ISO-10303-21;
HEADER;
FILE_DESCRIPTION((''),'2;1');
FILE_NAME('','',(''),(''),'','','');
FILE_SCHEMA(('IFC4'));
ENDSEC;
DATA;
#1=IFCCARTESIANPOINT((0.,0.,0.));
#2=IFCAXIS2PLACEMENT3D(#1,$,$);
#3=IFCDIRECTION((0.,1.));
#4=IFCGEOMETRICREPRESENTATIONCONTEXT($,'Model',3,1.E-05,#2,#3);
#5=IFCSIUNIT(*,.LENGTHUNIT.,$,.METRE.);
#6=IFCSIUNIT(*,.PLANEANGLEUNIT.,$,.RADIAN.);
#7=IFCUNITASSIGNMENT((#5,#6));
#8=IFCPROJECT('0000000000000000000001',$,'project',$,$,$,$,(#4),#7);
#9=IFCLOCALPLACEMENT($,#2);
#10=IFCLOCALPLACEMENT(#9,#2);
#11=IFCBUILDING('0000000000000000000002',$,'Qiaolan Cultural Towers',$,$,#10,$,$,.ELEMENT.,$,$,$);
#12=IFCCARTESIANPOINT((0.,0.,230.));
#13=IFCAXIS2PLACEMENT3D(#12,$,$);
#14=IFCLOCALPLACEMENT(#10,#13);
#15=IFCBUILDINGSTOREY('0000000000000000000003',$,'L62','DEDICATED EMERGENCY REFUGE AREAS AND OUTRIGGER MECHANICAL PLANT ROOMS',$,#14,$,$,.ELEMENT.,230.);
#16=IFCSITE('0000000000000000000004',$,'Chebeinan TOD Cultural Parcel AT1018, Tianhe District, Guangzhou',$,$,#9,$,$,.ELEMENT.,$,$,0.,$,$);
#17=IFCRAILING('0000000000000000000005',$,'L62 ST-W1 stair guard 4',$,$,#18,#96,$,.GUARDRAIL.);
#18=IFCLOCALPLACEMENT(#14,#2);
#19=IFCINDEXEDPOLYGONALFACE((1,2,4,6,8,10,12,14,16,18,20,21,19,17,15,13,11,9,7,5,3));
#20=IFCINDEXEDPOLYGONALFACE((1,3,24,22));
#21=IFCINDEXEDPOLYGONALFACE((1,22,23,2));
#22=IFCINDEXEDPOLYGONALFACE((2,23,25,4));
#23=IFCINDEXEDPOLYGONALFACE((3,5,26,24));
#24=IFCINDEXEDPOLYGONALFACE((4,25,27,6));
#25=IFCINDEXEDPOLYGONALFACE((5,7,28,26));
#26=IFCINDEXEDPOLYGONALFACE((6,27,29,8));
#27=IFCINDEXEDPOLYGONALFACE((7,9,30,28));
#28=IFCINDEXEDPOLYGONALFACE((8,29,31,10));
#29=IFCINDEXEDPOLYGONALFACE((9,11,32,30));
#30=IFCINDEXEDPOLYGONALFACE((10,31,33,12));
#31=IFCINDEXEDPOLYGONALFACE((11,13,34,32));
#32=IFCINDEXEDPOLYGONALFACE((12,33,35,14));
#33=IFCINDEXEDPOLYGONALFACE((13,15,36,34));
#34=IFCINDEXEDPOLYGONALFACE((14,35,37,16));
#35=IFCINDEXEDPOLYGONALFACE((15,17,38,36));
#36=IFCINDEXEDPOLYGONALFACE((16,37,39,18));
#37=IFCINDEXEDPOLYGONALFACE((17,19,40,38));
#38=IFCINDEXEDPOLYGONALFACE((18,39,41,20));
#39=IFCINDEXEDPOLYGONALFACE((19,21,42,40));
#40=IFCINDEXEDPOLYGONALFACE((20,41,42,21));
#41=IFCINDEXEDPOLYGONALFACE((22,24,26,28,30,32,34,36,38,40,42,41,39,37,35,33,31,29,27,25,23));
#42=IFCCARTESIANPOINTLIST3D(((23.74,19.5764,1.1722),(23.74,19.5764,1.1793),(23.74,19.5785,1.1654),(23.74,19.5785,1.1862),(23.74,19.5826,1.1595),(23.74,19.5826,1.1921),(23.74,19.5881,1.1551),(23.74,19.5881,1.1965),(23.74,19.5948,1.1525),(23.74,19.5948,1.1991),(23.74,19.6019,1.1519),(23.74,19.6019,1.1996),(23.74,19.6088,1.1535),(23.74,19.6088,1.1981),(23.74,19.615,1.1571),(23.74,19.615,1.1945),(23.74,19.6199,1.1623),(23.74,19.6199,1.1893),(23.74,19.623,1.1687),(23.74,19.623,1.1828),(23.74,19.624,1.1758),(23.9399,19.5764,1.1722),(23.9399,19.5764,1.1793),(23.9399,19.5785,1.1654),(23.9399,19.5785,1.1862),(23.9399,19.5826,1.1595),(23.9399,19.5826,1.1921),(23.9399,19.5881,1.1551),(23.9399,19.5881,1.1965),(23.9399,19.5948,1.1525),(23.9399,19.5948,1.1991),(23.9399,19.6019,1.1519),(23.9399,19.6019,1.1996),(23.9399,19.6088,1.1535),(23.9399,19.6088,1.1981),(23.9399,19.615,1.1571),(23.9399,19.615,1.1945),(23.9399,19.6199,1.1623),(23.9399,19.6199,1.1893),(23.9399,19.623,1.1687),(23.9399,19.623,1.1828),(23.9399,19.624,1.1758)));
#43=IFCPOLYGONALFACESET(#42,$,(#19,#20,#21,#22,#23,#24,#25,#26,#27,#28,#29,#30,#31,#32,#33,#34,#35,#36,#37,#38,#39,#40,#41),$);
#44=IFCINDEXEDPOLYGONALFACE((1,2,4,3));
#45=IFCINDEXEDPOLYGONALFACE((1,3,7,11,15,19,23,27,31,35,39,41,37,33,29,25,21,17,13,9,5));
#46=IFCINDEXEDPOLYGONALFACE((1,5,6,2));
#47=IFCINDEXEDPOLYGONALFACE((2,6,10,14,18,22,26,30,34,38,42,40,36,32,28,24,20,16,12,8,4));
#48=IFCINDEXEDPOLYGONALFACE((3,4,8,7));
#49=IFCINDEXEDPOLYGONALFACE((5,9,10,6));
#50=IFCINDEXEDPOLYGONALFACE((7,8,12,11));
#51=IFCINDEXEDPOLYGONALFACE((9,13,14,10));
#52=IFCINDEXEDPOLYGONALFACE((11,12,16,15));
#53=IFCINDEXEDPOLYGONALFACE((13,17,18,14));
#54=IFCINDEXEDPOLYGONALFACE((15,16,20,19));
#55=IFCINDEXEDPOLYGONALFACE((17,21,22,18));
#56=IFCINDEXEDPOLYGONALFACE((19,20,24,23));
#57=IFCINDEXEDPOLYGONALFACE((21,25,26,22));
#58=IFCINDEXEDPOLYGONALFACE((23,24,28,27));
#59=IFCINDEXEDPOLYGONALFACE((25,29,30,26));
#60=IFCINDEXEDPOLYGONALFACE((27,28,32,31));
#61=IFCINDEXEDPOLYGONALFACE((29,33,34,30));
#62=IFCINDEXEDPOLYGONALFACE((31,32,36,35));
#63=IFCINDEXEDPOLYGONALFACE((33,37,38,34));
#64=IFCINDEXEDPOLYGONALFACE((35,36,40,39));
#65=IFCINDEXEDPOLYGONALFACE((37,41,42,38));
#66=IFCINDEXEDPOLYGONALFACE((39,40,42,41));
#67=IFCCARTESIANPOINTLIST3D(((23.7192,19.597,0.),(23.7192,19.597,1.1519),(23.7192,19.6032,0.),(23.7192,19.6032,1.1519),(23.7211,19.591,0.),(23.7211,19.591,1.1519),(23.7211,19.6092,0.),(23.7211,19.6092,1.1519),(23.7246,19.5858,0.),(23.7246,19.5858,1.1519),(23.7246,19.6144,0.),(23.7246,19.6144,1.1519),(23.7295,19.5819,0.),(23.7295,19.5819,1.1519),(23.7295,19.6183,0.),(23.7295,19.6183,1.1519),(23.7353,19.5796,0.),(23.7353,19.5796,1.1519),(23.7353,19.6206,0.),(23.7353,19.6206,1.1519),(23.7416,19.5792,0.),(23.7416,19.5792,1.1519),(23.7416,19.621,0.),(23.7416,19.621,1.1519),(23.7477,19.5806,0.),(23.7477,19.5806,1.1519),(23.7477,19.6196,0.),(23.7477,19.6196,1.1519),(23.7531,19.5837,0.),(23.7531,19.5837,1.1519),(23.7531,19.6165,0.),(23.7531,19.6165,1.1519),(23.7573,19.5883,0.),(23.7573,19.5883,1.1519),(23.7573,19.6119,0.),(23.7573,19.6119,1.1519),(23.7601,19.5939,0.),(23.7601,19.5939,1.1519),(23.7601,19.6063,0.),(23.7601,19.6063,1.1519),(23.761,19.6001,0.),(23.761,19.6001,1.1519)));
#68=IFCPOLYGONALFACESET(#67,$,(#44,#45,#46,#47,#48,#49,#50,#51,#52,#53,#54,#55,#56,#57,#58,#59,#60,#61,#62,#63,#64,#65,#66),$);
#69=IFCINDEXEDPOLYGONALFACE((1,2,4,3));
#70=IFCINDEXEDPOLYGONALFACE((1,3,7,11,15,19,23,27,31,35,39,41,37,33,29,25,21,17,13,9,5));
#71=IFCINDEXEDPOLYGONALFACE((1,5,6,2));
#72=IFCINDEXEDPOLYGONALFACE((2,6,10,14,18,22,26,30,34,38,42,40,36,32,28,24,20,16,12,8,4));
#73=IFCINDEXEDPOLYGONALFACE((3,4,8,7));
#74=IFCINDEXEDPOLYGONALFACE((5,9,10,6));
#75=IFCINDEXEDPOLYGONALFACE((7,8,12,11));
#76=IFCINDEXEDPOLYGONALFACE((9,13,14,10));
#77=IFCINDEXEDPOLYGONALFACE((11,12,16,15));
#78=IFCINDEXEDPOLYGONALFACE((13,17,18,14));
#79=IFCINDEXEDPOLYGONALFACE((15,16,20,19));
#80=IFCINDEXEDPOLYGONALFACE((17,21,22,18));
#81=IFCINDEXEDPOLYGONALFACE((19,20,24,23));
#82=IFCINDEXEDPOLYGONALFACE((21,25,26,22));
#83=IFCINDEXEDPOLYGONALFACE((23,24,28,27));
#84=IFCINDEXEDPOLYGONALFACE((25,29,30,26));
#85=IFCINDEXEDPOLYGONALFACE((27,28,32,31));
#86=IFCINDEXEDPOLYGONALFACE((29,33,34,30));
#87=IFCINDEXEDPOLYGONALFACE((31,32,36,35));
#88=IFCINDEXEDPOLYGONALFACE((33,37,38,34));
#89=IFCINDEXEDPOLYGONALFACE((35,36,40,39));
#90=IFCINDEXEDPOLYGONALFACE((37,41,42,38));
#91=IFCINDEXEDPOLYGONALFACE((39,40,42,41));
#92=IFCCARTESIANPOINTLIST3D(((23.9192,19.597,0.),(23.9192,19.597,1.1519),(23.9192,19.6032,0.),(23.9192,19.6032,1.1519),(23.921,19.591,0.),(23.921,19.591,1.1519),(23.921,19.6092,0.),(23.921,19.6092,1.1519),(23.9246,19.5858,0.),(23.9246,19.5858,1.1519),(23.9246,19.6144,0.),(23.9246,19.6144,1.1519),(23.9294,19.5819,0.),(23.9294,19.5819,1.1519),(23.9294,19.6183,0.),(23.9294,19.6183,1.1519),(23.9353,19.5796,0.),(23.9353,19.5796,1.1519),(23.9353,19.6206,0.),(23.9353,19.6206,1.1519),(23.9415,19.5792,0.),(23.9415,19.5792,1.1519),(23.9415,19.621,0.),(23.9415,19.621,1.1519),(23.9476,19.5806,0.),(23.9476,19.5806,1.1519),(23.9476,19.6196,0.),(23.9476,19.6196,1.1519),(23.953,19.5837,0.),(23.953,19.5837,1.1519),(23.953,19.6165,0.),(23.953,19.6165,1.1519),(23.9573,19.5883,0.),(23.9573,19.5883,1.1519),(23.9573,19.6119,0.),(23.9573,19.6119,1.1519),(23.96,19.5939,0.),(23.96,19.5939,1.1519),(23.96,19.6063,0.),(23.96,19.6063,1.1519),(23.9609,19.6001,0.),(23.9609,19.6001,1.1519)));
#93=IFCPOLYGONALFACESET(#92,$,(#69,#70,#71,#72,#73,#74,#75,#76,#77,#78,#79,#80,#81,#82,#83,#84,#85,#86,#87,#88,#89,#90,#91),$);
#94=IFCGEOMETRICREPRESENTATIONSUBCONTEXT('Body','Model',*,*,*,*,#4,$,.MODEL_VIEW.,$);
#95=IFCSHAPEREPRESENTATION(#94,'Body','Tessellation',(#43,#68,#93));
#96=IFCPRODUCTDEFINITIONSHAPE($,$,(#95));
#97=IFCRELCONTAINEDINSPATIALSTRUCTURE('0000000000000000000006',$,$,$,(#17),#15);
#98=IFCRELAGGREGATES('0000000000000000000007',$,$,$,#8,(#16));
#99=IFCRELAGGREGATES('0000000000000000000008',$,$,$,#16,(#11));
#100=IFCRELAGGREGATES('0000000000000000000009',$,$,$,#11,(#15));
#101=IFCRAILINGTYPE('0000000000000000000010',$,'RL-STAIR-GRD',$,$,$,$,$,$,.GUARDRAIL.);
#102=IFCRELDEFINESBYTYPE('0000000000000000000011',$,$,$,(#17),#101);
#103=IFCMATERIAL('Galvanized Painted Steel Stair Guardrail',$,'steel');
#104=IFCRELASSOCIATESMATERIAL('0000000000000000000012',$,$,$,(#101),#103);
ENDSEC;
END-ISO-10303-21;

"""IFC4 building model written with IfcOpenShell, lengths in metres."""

from ifc_helpers import new_model, si_unit, direction, frame, origin, origin_2d, place, context, subcontext, project, spatial, circle, extrude, material, type_object, element, save


model = new_model("IFC4")

# Units and contexts
model_context = context("Model", 3, precision=1e-05, world=origin(), true_north=direction((0.0, 1.0)))
body_context = subcontext(model_context, "Body", "Model", "MODEL_VIEW")
ifc_project = project(units=[si_unit("LENGTHUNIT", "METRE"), si_unit("PLANEANGLEUNIT", "RADIAN")], contexts=[model_context])

# Site, building, storey
site_placement = place(None, origin())
site = spatial("IfcSite", under=ifc_project, at=site_placement, Name="Chebeinan TOD Cultural Parcel AT1018, Tianhe District, Guangzhou", CompositionType="ELEMENT", RefElevation=0.0)
building_placement = place(site_placement, origin())
building = spatial("IfcBuilding", under=site, at=building_placement, Name="Qiaolan Cultural Towers", CompositionType="ELEMENT")
storey_placement = place(building_placement, frame((0.0, 0.0, 230.0)))
storey = spatial("IfcBuildingStorey", under=building, at=storey_placement, Name="L62", Description="DEDICATED EMERGENCY REFUGE AREAS AND OUTRIGGER MECHANICAL PLANT ROOMS", CompositionType="ELEMENT", Elevation=230.0)

# Railing
ifc_material_1 = material(Name="Galvanized Painted Steel Stair Guardrail", Category="steel")
railing_type = type_object("IfcRailingType", Name="RL-STAIR-GRD", PredefinedType="GUARDRAIL", material=ifc_material_1)
railing_1_placement = place(storey_placement, frame((23.74, 19.6001, 0.0)))
element("IfcRailing", 1, at=railing_1_placement, inside=storey, type_object=railing_type, Name="L62 ST-W1 stair guard 4", PredefinedType="GUARDRAIL", context=body_context, shape_type="SweptSolid", body=[
    extrude(circle(Radius=0.0239, at=origin_2d()), frame((0.0, 0.0, 1.1758), z_axis=(1.0, 0.0, 0.0), x_axis=(0.0, 1.0, 0.0)), (0.0, 0.0, 1.0), 0.2),
    extrude(circle(Radius=0.021, at=origin_2d()), origin(), (0.0, 0.0, 1.0), 1.1519),
    extrude(circle(Radius=0.021, at=origin_2d()), frame((0.2, 0.0, 0.0)), (0.0, 0.0, 1.0), 1.1519),
])

save(model, "model.ifc")
